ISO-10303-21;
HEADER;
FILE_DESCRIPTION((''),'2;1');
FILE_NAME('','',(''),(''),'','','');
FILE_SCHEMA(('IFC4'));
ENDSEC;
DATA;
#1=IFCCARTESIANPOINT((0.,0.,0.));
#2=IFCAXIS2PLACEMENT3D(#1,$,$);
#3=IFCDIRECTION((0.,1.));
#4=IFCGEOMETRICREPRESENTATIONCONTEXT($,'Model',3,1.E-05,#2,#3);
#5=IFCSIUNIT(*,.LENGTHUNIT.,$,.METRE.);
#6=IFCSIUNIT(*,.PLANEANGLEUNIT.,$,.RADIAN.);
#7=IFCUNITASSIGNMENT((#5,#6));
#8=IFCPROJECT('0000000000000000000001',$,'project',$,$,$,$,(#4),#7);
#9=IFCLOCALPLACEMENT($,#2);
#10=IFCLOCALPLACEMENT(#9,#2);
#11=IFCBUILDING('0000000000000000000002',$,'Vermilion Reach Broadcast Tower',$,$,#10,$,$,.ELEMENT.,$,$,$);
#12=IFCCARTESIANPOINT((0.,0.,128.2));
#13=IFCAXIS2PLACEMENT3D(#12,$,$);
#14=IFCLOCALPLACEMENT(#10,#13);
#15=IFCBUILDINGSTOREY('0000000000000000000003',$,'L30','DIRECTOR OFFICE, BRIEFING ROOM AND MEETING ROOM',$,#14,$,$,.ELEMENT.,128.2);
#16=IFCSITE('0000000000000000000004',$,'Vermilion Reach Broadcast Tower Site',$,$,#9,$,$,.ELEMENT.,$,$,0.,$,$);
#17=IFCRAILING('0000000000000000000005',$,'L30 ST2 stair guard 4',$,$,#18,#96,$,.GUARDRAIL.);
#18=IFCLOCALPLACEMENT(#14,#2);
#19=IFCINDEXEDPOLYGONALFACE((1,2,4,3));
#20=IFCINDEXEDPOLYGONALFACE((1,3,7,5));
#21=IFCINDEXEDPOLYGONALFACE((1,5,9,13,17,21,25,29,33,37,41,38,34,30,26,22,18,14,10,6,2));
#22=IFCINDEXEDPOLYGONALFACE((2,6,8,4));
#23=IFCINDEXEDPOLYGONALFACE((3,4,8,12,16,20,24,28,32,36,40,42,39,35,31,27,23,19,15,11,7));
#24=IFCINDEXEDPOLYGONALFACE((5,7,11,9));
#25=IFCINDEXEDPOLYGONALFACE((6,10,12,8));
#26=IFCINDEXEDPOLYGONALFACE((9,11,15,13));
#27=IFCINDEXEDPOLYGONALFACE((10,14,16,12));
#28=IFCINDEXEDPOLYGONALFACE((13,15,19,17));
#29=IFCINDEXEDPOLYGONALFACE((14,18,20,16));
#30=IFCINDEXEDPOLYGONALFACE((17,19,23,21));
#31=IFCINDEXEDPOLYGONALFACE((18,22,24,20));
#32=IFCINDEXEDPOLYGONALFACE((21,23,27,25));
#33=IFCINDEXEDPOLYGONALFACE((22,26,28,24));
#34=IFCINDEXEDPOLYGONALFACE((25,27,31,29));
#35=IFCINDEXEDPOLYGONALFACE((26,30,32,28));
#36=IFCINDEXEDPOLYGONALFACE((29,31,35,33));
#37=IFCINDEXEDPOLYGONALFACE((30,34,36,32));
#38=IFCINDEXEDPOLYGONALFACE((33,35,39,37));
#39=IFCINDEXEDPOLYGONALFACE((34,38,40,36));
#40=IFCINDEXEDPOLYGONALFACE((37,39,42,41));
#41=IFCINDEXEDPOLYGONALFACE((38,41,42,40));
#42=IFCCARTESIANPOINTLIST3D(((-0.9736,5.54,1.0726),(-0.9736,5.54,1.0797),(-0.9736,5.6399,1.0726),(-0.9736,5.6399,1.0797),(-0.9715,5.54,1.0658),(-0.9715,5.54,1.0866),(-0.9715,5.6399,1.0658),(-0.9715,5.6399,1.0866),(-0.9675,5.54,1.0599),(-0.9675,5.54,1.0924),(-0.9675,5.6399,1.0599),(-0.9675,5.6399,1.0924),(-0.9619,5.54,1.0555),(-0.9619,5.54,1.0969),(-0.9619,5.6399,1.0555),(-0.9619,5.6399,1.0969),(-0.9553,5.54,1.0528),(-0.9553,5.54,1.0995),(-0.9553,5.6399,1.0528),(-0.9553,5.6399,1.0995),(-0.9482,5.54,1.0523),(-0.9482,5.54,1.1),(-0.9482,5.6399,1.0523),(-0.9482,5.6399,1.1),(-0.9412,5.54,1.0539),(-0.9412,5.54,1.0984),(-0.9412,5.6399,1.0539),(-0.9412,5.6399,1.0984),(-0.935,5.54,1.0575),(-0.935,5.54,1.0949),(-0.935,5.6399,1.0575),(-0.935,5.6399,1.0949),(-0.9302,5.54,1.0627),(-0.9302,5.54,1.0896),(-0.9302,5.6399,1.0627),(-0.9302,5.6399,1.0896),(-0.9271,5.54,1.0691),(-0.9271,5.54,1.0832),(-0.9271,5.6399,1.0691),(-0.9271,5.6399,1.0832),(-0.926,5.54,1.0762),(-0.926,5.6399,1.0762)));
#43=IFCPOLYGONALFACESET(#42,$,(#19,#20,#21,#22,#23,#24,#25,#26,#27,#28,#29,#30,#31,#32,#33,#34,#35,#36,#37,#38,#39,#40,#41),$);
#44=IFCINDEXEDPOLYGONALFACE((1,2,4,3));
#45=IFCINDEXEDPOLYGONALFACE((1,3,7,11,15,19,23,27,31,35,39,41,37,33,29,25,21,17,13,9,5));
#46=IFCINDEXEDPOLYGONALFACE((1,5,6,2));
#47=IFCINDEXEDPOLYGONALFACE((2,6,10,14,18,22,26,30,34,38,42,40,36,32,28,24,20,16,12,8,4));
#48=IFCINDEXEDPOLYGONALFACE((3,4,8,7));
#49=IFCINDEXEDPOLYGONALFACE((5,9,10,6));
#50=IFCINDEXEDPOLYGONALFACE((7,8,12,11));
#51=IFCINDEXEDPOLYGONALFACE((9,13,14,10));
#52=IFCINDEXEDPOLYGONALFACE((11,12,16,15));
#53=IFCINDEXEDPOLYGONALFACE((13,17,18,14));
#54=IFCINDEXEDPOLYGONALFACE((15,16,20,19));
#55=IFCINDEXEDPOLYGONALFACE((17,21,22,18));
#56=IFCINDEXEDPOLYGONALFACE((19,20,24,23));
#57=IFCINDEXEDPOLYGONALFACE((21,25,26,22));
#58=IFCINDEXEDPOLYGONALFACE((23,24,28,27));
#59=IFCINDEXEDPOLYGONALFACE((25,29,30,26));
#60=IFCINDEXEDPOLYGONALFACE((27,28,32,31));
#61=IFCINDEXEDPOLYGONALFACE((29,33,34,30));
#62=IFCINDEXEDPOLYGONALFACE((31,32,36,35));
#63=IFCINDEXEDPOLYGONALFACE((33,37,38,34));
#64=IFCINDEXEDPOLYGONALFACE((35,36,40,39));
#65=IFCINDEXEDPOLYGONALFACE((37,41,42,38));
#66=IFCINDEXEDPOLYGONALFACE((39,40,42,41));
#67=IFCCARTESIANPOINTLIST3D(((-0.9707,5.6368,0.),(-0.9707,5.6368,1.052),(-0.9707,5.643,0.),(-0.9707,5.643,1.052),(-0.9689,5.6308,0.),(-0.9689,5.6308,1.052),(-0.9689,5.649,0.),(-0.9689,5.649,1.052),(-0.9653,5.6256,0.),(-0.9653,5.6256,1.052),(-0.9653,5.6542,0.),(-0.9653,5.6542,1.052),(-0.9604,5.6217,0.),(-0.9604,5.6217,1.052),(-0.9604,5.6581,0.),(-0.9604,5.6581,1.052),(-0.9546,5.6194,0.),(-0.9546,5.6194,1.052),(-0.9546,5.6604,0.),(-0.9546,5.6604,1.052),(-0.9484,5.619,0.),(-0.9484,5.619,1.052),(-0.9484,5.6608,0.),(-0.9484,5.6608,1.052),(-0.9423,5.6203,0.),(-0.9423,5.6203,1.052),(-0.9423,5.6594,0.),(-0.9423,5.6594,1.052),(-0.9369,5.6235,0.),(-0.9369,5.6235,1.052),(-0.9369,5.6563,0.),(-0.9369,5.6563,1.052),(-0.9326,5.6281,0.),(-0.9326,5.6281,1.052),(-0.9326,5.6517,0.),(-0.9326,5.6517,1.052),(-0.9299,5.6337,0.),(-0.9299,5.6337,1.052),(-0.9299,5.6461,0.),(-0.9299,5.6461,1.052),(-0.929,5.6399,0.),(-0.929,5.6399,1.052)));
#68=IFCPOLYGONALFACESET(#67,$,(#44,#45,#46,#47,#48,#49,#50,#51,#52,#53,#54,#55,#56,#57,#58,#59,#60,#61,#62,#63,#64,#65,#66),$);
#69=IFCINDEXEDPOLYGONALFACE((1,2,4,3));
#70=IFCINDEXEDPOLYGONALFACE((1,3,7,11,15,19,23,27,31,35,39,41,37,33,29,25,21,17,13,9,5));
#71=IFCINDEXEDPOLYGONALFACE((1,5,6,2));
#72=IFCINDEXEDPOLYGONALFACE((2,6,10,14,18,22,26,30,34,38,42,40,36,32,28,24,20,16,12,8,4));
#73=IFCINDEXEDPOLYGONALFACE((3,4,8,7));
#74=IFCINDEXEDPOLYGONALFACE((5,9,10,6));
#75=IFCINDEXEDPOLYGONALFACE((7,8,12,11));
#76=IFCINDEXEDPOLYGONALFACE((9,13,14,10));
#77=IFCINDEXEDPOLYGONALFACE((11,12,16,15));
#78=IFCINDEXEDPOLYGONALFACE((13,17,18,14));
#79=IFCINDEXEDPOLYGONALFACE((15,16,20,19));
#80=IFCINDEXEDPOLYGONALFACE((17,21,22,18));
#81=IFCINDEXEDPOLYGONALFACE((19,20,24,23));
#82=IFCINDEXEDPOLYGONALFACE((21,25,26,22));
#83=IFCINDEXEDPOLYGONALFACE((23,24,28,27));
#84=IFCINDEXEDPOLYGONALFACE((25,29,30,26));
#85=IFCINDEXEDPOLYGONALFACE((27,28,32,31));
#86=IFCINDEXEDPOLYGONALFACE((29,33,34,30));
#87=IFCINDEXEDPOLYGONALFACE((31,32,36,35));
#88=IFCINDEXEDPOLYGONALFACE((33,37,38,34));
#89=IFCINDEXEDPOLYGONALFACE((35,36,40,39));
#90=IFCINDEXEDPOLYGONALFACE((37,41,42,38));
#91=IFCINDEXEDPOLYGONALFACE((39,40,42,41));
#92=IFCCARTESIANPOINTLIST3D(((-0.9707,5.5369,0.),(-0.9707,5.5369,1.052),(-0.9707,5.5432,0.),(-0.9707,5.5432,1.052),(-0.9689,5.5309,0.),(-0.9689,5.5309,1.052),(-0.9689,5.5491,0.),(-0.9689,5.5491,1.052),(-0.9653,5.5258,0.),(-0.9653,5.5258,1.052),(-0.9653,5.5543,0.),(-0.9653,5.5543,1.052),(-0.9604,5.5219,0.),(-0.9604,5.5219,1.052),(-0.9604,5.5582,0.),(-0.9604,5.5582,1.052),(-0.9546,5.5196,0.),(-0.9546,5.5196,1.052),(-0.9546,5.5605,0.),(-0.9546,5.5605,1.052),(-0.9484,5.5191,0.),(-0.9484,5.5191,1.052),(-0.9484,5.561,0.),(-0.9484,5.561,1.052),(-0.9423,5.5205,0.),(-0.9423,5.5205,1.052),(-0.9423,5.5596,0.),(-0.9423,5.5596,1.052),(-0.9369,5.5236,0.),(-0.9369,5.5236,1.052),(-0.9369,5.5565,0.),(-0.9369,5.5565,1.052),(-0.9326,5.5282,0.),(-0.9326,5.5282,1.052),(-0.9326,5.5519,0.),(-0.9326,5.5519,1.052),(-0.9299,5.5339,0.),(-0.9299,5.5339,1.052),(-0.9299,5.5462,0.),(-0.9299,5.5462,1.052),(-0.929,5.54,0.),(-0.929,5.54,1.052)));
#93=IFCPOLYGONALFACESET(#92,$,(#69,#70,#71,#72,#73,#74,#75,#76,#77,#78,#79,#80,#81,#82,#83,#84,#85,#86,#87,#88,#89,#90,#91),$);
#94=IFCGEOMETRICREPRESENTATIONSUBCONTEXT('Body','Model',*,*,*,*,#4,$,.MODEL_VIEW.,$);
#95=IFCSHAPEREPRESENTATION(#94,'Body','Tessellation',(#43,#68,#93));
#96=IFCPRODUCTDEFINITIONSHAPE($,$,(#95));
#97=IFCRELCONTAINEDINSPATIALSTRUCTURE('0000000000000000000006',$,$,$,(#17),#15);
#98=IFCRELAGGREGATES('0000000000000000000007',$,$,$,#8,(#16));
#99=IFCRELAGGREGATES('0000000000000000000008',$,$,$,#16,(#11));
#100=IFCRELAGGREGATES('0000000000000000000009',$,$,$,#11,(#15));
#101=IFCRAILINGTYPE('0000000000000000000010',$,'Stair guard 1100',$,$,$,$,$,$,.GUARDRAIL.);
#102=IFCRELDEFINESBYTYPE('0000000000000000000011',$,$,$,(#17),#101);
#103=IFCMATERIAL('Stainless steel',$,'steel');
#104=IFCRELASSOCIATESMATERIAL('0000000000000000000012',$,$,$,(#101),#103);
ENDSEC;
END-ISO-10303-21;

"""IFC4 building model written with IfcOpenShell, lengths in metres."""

from ifc_helpers import new_model, si_unit, direction, frame, origin, origin_2d, place, context, subcontext, project, spatial, circle, extrude, material, type_object, element, save


model = new_model("IFC4")

# Units and contexts
model_context = context("Model", 3, precision=1e-05, world=origin(), true_north=direction((0.0, 1.0)))
body_context = subcontext(model_context, "Body", "Model", "MODEL_VIEW")
ifc_project = project(units=[si_unit("LENGTHUNIT", "METRE"), si_unit("PLANEANGLEUNIT", "RADIAN")], contexts=[model_context])

# Site, building, storey
site_placement = place(None, origin())
site = spatial("IfcSite", under=ifc_project, at=site_placement, Name="Vermilion Reach Broadcast Tower Site", CompositionType="ELEMENT", RefElevation=0.0)
building_placement = place(site_placement, origin())
building = spatial("IfcBuilding", under=site, at=building_placement, Name="Vermilion Reach Broadcast Tower", CompositionType="ELEMENT")
storey_placement = place(building_placement, frame((0.0, 0.0, 128.2)))
storey = spatial("IfcBuildingStorey", under=building, at=storey_placement, Name="L30", Description="DIRECTOR OFFICE, BRIEFING ROOM AND MEETING ROOM", CompositionType="ELEMENT", Elevation=128.2)

# Railing
ifc_material_1 = material(Name="Stainless steel", Category="steel")
railing_type_1 = type_object("IfcRailingType", Name="Stair guard 1100", PredefinedType="GUARDRAIL", material=ifc_material_1)
railing_1_placement = place(storey_placement, frame((-0.95, 5.6399, 0.0)))
element("IfcRailing", 1, at=railing_1_placement, inside=storey, type_object=railing_type_1, Name="L30 ST2 stair guard 4", PredefinedType="GUARDRAIL", context=body_context, shape_type="SweptSolid", body=[
    extrude(circle(Radius=0.0239, at=origin_2d()), frame((0.0, 0.0, 1.0762), z_axis=(0.0, -1.0, 0.0), x_axis=(1.0, 0.0, 0.0)), (0.0, 0.0, 1.0), 0.0999),
    extrude(circle(Radius=0.021, at=origin_2d()), origin(), (0.0, 0.0, 1.0), 1.052),
    extrude(circle(Radius=0.021, at=origin_2d()), frame((0.0, -0.0999, 0.0)), (0.0, 0.0, 1.0), 1.052),
])

save(model, "model.ifc")
